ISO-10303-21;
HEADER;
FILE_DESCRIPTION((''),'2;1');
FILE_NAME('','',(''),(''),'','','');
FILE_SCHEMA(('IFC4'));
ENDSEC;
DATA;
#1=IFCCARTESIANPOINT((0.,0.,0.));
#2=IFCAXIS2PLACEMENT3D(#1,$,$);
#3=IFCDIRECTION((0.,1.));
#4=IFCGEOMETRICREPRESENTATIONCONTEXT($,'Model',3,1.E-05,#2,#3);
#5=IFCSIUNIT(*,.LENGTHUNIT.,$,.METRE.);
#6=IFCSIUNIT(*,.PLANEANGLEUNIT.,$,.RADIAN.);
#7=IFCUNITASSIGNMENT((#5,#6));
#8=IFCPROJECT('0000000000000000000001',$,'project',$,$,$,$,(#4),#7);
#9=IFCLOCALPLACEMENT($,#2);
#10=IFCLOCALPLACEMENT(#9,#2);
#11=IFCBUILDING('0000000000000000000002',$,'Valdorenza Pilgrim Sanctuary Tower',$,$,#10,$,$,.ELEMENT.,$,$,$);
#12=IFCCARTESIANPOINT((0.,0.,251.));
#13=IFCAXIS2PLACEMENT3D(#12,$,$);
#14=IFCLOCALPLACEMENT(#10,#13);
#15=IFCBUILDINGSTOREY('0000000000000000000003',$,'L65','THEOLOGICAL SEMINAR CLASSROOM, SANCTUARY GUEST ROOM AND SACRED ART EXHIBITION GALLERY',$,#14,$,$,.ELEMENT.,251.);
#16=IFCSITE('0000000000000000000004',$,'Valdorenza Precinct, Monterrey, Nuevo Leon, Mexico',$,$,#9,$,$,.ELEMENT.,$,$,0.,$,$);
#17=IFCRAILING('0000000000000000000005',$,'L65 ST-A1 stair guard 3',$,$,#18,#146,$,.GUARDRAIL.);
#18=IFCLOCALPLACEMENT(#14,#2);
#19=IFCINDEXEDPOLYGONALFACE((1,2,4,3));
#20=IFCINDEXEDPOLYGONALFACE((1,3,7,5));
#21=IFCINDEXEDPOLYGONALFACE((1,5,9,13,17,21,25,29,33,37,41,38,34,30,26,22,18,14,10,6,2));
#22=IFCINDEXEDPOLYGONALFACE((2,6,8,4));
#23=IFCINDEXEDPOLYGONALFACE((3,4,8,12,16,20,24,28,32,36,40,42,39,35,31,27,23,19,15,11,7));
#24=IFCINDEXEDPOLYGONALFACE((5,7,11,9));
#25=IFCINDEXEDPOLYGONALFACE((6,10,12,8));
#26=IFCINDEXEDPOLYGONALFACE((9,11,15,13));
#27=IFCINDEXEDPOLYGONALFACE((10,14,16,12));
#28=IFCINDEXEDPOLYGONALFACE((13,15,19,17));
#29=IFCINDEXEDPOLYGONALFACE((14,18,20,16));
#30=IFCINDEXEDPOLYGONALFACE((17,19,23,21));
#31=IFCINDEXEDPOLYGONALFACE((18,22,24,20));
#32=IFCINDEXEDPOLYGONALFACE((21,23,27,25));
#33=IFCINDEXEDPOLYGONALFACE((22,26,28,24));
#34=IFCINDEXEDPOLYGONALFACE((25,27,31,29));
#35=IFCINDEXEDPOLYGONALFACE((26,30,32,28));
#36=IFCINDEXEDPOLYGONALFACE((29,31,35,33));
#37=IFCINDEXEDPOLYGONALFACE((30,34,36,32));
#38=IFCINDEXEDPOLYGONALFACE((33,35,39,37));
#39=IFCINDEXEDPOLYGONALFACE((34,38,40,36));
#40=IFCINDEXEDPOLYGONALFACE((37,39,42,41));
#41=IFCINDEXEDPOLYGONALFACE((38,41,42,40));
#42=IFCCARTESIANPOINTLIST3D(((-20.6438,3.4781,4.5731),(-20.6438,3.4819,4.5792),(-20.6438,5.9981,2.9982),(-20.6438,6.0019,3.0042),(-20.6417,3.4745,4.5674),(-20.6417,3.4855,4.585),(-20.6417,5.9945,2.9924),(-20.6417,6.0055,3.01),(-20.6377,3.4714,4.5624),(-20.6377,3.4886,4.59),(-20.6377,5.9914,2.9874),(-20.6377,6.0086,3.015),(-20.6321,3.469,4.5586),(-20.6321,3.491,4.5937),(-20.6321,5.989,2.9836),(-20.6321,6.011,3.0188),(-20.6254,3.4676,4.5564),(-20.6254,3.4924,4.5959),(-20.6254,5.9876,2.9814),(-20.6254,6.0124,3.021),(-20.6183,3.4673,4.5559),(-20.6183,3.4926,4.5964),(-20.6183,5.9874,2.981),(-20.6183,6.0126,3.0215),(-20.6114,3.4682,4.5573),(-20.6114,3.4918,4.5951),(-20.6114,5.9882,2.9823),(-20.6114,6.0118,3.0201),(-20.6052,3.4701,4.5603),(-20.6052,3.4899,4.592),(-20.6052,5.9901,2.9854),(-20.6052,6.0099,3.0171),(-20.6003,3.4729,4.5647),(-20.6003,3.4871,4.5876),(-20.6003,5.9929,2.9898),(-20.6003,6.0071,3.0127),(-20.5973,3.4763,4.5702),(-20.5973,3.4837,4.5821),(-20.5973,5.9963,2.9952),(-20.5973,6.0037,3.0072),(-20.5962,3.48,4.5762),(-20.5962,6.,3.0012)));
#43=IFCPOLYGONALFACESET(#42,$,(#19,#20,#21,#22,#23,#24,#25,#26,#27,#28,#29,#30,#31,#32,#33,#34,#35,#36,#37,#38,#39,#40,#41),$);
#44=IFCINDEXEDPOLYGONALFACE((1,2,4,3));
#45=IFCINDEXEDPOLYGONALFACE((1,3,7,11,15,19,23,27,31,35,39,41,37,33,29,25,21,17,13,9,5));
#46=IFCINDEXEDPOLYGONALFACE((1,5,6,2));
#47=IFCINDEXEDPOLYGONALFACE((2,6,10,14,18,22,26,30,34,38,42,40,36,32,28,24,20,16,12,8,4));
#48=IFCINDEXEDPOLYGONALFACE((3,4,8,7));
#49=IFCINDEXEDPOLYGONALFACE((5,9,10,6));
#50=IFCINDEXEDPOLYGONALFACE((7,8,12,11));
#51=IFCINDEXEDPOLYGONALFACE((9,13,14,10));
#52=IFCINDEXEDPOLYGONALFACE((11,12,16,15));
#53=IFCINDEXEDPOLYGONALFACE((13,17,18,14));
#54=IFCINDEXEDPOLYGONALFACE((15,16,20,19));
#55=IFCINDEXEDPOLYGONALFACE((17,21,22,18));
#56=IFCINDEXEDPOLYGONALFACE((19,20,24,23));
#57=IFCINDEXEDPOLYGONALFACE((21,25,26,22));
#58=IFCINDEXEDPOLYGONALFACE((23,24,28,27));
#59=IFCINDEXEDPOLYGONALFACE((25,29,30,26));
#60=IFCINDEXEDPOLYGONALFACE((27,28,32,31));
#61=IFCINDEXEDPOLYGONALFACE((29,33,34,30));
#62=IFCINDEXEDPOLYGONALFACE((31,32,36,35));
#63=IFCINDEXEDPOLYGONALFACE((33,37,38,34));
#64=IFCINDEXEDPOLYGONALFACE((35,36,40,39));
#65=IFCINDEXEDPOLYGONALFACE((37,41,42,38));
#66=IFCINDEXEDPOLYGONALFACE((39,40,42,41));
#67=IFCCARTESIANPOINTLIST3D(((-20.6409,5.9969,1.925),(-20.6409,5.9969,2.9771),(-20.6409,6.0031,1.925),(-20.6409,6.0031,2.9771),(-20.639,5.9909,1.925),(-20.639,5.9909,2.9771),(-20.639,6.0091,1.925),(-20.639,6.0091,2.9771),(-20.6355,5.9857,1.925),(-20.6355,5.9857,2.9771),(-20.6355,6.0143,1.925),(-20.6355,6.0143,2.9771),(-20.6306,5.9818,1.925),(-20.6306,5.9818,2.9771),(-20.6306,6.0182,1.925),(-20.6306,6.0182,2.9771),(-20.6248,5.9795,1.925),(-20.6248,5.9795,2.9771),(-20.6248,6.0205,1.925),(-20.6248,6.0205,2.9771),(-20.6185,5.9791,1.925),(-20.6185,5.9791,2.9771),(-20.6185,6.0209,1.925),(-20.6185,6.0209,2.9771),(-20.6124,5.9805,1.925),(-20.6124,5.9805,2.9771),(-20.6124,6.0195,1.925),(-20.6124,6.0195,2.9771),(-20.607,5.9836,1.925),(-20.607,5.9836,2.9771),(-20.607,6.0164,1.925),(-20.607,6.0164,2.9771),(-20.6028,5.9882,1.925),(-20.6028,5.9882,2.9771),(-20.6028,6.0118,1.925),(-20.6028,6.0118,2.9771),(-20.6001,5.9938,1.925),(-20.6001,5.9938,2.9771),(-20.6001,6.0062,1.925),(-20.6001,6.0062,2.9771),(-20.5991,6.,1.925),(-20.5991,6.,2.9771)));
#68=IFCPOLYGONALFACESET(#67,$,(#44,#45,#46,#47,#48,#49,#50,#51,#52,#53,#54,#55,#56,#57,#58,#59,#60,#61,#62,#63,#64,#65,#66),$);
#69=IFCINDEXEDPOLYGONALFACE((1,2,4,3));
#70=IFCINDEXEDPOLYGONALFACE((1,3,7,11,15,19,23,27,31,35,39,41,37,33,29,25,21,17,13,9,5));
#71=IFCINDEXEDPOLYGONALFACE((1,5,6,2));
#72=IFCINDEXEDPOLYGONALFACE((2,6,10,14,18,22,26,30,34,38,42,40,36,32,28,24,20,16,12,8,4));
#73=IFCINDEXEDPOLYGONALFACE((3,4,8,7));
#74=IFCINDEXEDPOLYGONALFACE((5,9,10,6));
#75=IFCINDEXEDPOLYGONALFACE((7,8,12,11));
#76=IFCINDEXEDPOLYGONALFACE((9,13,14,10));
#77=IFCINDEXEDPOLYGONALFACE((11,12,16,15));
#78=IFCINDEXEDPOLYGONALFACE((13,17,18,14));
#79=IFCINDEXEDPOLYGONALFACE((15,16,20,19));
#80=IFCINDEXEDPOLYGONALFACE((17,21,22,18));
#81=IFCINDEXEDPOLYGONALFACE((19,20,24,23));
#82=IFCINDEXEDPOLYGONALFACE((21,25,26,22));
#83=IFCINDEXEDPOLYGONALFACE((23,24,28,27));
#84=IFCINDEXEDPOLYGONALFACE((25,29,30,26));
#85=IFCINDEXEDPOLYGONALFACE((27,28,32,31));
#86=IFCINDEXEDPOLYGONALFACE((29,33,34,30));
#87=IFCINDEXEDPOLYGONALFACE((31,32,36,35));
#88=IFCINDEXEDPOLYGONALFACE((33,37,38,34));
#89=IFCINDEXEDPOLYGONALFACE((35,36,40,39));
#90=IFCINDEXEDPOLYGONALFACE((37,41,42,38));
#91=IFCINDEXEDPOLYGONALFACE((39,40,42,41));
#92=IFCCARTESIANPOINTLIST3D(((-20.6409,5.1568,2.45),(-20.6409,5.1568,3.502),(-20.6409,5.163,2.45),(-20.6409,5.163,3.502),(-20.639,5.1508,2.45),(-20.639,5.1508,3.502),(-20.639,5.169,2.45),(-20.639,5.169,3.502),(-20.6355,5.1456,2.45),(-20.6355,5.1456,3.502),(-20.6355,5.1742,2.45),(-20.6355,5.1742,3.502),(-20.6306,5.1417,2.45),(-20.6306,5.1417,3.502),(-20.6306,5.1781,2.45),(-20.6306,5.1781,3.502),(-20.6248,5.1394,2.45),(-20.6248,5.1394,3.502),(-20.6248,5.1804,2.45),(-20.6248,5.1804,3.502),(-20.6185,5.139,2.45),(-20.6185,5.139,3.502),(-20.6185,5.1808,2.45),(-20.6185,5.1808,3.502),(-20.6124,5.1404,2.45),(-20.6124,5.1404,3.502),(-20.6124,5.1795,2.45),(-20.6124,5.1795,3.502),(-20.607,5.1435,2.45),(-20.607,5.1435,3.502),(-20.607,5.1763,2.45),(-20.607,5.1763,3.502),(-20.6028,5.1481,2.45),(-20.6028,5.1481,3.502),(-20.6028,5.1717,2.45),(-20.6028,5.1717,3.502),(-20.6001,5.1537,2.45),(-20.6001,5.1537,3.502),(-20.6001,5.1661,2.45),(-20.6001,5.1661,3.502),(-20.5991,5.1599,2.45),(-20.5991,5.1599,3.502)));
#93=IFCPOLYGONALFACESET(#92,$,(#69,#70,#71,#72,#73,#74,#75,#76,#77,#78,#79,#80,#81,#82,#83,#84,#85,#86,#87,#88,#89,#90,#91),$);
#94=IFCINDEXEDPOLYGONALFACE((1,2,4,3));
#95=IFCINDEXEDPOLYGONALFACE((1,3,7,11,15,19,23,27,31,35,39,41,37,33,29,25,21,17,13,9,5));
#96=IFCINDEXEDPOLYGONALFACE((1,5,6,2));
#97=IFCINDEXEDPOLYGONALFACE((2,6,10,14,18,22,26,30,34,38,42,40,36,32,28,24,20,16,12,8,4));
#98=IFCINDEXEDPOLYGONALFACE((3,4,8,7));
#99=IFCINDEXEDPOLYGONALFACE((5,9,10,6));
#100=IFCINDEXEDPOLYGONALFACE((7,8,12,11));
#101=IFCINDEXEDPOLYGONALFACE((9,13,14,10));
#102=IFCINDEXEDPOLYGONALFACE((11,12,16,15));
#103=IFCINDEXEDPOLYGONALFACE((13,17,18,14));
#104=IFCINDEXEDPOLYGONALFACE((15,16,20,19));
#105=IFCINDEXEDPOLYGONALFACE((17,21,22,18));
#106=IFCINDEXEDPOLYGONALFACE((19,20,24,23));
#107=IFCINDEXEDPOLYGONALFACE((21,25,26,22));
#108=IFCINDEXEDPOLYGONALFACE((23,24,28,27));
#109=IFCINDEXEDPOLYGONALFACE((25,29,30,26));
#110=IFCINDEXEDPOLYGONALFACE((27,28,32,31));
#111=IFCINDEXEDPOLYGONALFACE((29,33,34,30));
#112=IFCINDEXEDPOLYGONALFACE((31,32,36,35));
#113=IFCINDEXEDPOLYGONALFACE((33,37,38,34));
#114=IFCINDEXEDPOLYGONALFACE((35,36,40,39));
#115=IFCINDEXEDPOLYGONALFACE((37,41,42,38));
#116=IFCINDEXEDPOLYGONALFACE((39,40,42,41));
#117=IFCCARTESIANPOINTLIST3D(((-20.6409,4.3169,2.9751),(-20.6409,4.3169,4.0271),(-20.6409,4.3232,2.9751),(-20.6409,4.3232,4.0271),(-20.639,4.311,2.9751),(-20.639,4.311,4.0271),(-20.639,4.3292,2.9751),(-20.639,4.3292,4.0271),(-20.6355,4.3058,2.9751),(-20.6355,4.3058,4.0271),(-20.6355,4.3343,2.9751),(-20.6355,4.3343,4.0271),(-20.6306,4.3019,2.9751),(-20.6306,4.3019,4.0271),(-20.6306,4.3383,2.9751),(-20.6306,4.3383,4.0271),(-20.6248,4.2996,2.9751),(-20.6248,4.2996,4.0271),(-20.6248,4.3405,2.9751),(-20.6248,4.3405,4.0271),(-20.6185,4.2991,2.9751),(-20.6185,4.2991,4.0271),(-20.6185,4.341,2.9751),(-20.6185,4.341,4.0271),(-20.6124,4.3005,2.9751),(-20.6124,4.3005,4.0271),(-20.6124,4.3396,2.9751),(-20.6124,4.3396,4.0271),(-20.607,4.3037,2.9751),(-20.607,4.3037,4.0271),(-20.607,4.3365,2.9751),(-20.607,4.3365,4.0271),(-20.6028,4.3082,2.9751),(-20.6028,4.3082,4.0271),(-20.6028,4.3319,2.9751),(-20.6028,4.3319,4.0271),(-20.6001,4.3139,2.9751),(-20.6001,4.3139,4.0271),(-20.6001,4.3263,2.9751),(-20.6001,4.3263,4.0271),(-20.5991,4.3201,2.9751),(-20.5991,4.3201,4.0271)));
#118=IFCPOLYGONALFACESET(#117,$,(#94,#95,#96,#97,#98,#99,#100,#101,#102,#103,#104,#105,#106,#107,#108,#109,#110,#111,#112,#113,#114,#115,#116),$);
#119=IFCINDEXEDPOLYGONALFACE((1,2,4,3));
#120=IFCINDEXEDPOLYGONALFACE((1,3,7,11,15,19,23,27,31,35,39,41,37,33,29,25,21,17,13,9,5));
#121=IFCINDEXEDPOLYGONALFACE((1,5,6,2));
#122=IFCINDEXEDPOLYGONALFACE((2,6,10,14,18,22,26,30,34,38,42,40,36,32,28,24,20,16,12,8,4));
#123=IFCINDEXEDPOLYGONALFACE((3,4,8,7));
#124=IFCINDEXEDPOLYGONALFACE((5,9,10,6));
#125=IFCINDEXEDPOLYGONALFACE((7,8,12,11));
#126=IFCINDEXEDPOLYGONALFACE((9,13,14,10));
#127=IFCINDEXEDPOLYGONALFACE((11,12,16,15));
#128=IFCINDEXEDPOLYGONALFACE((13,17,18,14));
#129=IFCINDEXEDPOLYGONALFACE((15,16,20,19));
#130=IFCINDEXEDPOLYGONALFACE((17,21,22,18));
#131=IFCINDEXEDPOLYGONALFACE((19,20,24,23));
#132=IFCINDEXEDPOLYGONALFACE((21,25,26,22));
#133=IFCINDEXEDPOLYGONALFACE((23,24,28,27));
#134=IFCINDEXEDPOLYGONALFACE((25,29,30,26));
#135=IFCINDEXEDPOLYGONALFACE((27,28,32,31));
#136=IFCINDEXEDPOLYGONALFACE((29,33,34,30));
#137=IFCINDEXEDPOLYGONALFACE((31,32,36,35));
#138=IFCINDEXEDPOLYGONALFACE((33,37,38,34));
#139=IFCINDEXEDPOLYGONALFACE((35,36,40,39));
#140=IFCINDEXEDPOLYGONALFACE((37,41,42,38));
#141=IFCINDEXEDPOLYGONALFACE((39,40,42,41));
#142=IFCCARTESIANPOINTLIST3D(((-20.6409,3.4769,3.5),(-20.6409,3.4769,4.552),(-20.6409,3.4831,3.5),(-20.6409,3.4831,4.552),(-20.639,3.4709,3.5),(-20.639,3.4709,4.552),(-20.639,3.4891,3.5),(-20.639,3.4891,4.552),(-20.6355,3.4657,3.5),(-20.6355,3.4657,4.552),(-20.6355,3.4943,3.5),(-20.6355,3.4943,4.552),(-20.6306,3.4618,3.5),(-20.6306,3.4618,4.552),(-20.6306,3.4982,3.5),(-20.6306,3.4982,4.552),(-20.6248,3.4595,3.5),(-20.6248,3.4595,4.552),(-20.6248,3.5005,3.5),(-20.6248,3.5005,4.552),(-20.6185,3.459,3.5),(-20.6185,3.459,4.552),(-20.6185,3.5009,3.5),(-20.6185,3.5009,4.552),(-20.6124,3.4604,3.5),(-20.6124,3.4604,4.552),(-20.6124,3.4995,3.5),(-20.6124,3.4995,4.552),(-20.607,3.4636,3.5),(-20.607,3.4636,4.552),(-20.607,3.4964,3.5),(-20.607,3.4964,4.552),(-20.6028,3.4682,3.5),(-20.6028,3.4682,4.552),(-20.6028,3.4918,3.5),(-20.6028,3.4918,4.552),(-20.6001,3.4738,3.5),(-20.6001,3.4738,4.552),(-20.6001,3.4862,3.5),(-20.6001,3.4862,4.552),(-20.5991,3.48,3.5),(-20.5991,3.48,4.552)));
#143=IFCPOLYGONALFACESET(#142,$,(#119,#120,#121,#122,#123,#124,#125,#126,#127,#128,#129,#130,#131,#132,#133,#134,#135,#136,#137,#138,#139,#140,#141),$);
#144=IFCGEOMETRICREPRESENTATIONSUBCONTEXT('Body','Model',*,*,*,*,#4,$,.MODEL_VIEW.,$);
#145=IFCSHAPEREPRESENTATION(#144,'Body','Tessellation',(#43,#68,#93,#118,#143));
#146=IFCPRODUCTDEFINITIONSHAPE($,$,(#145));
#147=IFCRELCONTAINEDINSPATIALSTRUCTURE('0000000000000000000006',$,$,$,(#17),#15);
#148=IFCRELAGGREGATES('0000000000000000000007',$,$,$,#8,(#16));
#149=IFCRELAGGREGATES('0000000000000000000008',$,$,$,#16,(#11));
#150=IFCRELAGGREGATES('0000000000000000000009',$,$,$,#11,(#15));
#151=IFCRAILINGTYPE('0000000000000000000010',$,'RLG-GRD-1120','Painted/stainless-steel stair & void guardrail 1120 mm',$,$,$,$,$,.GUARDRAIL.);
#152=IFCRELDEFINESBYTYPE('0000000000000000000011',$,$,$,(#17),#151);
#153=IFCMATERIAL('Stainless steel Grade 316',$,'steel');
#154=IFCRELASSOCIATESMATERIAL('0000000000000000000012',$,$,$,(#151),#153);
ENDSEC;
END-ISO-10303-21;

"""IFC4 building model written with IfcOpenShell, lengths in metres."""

from ifc_helpers import new_model, si_unit, direction, frame, origin, origin_2d, place, context, subcontext, project, spatial, circle, extrude, material, type_object, element, save


model = new_model("IFC4")

# Units and contexts
model_context = context("Model", 3, precision=1e-05, world=origin(), true_north=direction((0.0, 1.0)))
body_context = subcontext(model_context, "Body", "Model", "MODEL_VIEW")
ifc_project = project(units=[si_unit("LENGTHUNIT", "METRE"), si_unit("PLANEANGLEUNIT", "RADIAN")], contexts=[model_context])

# Site, building, storey
site_placement = place(None, origin())
site = spatial("IfcSite", under=ifc_project, at=site_placement, Name="Valdorenza Precinct, Monterrey, Nuevo Leon, Mexico", CompositionType="ELEMENT", RefElevation=0.0)
building_placement = place(site_placement, origin())
building = spatial("IfcBuilding", under=site, at=building_placement, Name="Valdorenza Pilgrim Sanctuary Tower", CompositionType="ELEMENT")
storey_placement = place(building_placement, frame((0.0, 0.0, 251.0)))
storey = spatial("IfcBuildingStorey", under=building, at=storey_placement, Name="L65", Description="THEOLOGICAL SEMINAR CLASSROOM, SANCTUARY GUEST ROOM AND SACRED ART EXHIBITION GALLERY", CompositionType="ELEMENT", Elevation=251.0)

# Railing
ifc_material_1 = material(Name="Stainless steel Grade 316", Category="steel")
railing_type = type_object("IfcRailingType", Name="RLG-GRD-1120", Description="Painted/stainless-steel stair & void guardrail 1120 mm", PredefinedType="GUARDRAIL", material=ifc_material_1)
railing_1_placement = place(storey_placement, frame((-20.6201, 6.0, 1.925)))
element("IfcRailing", 1, at=railing_1_placement, inside=storey, type_object=railing_type, Name="L65 ST-A1 stair guard 3", PredefinedType="GUARDRAIL", context=body_context, shape_type="SweptSolid", body=[
    extrude(circle(Radius=0.0239, at=origin_2d()), frame((0.0, 0.0, 1.0762), z_axis=(0.0, -0.848008, 0.529984), x_axis=(1.0, 0.0, 0.0)), (0.0, 0.0, 1.0), 2.9717),
    extrude(circle(Radius=0.021, at=origin_2d()), origin(), (0.0, 0.0, 1.0), 1.052),
    extrude(circle(Radius=0.021, at=origin_2d()), frame((0.0, -0.8401, 0.5249)), (0.0, 0.0, 1.0), 1.052),
    extrude(circle(Radius=0.021, at=origin_2d()), frame((0.0, -1.6799, 1.05)), (0.0, 0.0, 1.0), 1.052),
    extrude(circle(Radius=0.021, at=origin_2d()), frame((0.0, -2.52, 1.575)), (0.0, 0.0, 1.0), 1.052),
])

save(model, "model.ifc")
